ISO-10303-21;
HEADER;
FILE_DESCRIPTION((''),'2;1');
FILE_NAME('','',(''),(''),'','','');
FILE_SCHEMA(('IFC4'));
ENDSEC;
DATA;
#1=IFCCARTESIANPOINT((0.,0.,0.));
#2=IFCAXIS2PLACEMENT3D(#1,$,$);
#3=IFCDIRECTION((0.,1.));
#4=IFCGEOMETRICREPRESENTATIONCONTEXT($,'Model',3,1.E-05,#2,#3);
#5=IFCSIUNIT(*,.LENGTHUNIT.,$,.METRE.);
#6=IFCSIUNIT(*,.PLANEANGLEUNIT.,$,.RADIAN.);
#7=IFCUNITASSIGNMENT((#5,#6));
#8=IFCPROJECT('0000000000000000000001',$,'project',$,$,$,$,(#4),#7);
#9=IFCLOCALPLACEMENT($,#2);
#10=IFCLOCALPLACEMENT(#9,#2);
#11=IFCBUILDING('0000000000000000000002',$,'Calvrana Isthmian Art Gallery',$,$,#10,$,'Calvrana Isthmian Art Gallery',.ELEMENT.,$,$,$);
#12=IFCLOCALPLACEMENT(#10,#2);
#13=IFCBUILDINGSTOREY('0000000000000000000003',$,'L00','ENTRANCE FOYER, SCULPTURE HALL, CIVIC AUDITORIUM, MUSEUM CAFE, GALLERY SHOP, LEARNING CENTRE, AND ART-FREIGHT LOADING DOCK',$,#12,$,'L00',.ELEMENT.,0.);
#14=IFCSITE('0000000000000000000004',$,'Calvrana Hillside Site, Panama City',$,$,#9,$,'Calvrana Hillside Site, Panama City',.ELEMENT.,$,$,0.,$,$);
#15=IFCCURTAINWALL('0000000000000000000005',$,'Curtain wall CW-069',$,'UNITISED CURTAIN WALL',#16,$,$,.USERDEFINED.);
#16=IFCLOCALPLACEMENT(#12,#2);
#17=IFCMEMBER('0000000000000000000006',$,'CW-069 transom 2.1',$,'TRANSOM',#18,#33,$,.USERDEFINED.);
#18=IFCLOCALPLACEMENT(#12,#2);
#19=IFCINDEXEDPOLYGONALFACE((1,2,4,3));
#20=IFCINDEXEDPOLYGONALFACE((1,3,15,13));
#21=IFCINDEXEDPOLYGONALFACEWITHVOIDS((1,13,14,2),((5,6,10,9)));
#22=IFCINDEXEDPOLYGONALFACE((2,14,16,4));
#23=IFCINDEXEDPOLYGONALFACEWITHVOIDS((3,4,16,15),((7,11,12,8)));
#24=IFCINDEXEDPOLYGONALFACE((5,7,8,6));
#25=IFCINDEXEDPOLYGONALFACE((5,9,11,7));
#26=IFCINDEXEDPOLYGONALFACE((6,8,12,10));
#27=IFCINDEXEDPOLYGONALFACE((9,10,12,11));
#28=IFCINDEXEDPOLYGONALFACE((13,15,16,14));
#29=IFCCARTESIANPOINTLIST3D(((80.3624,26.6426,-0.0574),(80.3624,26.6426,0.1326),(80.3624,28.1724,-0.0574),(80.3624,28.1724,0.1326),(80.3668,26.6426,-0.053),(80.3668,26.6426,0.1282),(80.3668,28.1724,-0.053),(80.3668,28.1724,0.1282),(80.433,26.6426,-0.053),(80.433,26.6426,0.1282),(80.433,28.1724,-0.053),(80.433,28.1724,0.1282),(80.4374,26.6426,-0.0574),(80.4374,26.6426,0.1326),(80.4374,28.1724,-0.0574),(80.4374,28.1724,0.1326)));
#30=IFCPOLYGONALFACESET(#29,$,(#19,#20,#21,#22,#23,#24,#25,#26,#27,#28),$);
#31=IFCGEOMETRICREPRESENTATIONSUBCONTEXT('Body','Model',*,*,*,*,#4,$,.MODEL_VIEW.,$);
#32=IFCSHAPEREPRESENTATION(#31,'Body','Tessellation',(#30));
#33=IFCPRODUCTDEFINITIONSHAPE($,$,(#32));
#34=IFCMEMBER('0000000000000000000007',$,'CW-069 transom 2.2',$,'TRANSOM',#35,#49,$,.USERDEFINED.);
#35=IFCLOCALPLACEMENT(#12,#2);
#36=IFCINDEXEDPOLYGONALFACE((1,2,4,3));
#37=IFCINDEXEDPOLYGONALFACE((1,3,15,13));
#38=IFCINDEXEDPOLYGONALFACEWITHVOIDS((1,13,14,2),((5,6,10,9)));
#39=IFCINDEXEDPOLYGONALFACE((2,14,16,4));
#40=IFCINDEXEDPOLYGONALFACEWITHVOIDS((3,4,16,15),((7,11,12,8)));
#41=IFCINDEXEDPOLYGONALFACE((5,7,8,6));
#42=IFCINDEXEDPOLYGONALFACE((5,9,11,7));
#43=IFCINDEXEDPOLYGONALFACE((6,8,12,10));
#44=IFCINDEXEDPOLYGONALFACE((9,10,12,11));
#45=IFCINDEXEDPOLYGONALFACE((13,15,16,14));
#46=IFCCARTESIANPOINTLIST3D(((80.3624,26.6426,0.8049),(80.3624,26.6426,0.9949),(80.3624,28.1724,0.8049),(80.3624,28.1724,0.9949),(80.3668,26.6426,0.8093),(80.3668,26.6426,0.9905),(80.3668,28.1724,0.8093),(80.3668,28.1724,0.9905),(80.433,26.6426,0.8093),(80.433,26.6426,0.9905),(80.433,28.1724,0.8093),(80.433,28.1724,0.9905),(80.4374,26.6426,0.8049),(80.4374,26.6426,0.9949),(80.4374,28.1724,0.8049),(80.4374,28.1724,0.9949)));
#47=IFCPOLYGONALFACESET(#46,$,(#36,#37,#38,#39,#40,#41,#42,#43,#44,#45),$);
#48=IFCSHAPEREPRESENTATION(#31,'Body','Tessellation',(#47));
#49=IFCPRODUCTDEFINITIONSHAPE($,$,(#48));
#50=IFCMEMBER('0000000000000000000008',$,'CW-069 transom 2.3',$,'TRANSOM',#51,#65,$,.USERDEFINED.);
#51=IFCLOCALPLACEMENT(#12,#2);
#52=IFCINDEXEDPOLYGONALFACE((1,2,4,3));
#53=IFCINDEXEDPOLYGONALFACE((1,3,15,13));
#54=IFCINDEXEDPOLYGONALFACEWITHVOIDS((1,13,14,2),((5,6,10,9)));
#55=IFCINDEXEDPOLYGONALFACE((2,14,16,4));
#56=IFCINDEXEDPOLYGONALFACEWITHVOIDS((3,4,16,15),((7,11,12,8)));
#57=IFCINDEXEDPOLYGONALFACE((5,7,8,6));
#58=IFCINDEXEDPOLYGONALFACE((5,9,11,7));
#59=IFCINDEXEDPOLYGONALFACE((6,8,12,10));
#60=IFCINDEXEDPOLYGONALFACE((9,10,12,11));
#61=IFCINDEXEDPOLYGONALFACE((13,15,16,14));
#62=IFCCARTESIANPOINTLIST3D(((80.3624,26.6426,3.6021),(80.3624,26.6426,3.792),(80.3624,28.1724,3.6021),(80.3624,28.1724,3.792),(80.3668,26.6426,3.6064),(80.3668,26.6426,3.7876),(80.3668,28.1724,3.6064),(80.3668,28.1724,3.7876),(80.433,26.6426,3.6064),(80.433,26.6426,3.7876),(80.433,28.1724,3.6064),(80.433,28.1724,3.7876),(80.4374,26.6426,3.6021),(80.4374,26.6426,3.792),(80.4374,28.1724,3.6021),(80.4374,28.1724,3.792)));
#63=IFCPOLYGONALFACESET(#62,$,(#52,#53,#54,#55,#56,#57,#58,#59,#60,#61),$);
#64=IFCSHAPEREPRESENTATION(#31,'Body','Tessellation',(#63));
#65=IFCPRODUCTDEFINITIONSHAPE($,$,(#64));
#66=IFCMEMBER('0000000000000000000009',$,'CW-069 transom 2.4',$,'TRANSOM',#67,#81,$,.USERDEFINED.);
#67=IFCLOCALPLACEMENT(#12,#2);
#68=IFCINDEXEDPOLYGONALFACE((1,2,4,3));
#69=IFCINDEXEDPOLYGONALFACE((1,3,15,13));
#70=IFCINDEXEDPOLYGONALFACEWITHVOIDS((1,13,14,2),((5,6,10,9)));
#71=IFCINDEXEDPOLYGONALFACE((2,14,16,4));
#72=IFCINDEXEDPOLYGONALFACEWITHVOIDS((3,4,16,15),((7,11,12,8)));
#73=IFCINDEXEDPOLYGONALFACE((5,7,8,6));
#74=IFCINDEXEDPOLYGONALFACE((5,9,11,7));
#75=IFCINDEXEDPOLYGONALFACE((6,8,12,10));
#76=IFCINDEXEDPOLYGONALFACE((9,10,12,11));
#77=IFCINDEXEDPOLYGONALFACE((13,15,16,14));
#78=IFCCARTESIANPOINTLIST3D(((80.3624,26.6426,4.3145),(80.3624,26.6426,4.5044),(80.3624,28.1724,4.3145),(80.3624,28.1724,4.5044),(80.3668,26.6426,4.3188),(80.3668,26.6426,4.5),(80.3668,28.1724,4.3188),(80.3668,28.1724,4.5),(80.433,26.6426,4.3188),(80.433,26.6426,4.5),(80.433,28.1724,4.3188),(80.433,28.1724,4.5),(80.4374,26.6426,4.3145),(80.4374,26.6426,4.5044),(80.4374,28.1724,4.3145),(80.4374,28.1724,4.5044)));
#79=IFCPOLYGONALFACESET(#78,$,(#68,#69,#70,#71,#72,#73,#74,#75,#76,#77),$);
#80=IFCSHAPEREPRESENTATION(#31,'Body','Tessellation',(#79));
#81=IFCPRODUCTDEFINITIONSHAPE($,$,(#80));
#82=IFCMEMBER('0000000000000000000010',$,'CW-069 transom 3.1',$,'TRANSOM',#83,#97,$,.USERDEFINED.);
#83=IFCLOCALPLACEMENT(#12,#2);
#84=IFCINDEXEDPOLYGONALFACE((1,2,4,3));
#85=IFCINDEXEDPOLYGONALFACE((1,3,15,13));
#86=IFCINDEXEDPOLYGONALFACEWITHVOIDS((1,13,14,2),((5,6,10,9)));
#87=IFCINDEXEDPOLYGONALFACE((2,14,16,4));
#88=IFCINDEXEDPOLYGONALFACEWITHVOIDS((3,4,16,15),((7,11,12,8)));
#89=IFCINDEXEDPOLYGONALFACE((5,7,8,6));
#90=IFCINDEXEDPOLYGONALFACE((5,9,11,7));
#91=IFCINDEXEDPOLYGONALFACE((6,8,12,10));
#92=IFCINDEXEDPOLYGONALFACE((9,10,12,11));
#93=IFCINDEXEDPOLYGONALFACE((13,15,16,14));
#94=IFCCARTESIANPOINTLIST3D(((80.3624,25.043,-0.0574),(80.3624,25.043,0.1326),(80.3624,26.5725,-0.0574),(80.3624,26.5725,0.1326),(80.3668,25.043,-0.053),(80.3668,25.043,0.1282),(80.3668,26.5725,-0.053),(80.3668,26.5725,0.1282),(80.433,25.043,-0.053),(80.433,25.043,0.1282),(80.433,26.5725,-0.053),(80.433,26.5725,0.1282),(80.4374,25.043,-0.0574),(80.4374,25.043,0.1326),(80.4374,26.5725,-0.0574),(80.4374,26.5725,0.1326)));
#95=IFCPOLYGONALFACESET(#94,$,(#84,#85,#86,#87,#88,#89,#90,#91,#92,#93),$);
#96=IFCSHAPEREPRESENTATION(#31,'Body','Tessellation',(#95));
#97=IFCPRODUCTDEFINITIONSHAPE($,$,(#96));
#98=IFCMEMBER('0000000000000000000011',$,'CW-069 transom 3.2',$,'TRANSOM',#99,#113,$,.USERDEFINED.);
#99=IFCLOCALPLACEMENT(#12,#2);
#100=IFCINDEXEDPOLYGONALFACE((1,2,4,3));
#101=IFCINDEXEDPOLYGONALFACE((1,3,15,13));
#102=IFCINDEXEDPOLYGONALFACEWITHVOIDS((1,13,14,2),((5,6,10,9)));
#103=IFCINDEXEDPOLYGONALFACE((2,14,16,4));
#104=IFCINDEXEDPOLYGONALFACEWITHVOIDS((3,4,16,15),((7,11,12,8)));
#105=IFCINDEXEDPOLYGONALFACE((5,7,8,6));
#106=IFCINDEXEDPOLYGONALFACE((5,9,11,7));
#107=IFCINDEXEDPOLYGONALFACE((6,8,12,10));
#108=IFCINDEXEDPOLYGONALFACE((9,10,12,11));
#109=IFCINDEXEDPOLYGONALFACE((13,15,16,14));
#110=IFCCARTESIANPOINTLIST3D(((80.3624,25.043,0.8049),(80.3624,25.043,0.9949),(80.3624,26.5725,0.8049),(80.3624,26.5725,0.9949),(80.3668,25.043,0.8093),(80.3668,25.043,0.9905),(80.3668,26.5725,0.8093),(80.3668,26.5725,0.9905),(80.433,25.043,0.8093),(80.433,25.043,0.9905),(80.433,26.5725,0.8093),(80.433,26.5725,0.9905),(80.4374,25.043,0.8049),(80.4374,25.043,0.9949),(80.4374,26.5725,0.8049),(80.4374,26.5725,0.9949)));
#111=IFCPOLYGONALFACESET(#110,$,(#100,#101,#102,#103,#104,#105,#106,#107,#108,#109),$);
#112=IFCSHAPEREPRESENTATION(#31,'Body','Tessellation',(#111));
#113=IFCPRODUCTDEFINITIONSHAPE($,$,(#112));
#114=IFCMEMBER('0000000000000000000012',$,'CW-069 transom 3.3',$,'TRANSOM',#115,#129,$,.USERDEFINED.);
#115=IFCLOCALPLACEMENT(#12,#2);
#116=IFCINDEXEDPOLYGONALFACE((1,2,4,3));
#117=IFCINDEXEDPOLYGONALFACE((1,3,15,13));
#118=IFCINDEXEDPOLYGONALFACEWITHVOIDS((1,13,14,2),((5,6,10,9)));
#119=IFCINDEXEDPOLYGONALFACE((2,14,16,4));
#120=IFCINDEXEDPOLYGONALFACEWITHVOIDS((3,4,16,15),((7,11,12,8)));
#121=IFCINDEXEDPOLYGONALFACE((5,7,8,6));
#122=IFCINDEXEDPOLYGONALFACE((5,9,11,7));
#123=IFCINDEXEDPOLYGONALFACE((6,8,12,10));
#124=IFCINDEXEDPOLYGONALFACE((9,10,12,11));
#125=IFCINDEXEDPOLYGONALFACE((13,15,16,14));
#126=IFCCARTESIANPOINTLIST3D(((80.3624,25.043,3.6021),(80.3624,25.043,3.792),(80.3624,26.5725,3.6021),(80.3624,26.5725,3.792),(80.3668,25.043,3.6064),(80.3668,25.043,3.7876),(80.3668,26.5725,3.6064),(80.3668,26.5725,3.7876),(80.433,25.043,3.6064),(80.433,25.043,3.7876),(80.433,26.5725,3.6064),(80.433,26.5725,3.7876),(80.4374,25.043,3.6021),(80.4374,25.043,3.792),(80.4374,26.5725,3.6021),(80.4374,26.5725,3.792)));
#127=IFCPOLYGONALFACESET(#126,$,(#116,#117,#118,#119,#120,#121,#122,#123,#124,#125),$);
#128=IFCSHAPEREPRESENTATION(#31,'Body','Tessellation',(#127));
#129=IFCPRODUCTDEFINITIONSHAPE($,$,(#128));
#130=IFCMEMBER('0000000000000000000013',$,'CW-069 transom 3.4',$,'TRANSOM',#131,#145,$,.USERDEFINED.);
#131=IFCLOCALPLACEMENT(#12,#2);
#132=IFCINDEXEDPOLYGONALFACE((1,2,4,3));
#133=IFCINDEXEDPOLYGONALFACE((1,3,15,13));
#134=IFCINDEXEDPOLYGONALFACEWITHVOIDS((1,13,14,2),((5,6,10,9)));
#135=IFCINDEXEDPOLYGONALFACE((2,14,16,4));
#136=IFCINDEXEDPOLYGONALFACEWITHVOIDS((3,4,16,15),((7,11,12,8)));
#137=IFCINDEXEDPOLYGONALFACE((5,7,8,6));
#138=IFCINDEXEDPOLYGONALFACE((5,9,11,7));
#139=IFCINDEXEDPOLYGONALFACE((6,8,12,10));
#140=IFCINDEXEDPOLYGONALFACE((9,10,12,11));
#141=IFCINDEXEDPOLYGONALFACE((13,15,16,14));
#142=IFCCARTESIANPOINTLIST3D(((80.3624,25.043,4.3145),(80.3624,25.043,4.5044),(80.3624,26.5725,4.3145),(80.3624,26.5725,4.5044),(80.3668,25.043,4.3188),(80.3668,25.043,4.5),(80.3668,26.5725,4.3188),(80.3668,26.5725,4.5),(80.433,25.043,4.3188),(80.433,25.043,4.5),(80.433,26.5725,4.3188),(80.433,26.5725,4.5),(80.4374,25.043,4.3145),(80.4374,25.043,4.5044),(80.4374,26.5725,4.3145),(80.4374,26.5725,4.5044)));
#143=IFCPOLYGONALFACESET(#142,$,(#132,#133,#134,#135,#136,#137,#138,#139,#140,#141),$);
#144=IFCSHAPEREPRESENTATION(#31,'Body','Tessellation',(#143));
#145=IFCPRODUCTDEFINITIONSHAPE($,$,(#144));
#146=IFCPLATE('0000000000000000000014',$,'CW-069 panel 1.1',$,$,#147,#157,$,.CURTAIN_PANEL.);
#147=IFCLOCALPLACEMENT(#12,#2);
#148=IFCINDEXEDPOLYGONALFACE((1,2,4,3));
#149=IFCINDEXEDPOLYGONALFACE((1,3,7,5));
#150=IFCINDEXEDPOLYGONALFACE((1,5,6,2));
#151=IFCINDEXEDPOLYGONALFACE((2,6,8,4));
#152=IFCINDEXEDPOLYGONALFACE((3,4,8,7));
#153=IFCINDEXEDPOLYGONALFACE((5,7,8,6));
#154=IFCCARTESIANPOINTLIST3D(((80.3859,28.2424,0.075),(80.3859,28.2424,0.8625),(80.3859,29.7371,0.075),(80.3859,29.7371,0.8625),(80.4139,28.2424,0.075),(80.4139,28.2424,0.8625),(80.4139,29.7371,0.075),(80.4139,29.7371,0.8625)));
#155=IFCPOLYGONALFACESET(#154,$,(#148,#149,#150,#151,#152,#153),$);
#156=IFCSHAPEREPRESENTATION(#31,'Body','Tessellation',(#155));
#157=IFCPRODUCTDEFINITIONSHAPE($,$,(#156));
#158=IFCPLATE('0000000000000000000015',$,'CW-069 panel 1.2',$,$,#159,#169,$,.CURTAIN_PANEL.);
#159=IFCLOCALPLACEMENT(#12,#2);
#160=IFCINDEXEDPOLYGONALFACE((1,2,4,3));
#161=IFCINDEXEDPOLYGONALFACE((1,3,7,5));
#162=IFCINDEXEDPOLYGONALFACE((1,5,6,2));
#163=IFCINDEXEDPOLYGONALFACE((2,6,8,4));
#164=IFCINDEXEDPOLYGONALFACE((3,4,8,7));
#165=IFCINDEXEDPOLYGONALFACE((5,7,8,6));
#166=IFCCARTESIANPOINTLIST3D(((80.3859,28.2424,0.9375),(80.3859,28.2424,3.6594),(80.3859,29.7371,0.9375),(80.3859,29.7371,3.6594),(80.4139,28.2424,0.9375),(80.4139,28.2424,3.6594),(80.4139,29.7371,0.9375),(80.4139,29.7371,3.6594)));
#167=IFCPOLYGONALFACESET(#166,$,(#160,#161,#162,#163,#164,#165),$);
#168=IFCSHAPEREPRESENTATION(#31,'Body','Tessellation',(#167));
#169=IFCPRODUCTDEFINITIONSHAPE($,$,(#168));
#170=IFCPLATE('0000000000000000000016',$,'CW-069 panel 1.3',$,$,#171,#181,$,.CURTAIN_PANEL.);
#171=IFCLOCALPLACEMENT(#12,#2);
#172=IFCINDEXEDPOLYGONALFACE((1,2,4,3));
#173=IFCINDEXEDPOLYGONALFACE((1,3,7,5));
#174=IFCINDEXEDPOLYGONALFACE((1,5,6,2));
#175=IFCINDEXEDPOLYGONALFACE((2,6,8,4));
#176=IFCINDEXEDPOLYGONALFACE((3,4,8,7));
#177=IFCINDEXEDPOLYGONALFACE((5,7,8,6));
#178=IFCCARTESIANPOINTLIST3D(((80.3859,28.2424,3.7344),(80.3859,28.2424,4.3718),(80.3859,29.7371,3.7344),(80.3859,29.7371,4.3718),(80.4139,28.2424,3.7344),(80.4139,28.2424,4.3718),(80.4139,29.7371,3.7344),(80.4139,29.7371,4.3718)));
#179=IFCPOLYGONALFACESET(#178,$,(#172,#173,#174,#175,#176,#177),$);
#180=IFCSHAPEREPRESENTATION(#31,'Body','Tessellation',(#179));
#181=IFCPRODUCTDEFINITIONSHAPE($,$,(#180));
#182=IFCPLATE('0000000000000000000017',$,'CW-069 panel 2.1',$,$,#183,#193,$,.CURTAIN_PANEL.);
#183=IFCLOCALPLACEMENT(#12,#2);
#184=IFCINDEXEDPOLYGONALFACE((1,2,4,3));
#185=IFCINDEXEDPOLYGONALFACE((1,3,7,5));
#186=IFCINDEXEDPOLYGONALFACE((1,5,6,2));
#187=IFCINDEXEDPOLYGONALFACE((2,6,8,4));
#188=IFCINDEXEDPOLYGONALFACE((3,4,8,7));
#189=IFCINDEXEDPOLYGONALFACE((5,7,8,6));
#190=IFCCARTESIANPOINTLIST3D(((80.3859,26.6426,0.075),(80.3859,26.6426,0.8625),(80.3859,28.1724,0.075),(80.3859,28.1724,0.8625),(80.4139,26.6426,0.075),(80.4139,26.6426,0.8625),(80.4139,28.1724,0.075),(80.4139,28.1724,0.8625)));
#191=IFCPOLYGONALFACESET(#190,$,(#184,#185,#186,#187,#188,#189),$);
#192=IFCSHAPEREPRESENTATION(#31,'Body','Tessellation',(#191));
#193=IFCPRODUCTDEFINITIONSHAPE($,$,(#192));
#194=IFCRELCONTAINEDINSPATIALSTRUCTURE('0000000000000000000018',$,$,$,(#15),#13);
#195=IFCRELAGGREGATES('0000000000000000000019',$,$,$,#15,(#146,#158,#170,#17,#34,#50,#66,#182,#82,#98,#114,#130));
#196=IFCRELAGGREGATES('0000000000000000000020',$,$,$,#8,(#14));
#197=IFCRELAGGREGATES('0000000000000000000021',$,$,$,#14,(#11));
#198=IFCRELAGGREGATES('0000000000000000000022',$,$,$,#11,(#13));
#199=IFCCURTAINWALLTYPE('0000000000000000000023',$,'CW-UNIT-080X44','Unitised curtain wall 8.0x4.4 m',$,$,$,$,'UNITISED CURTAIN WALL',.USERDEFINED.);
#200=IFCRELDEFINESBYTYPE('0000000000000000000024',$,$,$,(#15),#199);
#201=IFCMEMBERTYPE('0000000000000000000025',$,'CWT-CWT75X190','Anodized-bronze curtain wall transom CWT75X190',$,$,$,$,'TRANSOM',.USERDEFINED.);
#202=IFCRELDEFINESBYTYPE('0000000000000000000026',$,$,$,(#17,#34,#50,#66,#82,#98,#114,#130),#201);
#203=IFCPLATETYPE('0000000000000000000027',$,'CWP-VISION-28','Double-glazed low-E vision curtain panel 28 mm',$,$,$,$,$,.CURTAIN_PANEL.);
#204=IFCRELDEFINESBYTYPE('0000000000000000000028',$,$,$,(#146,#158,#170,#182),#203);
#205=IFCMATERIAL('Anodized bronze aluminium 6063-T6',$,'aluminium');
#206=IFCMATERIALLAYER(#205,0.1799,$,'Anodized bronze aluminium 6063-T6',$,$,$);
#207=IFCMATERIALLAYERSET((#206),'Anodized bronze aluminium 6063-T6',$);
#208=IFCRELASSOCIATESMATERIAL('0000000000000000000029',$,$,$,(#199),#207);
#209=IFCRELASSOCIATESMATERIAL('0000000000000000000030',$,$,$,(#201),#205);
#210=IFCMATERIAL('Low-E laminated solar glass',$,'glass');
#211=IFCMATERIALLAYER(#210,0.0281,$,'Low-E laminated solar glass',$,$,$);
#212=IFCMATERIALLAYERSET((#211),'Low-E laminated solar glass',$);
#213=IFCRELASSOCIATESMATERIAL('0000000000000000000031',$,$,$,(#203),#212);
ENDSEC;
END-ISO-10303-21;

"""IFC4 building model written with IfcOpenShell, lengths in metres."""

from ifc_helpers import new_model, si_unit, direction, frame, origin, origin_2d, place, context, subcontext, project, spatial, rectangle, hollow_rectangle, extrude, material, layer, layer_set, material_profile, profile_set, type_object, element, aggregate, save


model = new_model("IFC4")

# Units and contexts
model_context = context("Model", 3, precision=1e-05, world=origin(), true_north=direction((0.0, 1.0)))
body_context = subcontext(model_context, "Body", "Model", "MODEL_VIEW")
ifc_project = project(units=[si_unit("LENGTHUNIT", "METRE"), si_unit("PLANEANGLEUNIT", "RADIAN")], contexts=[model_context])

# Site, building, storey
site_placement = place(None, origin())
site = spatial("IfcSite", under=ifc_project, at=site_placement, Name="Calvrana Hillside Site, Panama City", LongName="Calvrana Hillside Site, Panama City", CompositionType="ELEMENT", RefElevation=0.0)
building_placement = place(site_placement, origin())
building = spatial("IfcBuilding", under=site, at=building_placement, Name="Calvrana Isthmian Art Gallery", LongName="Calvrana Isthmian Art Gallery", CompositionType="ELEMENT")
storey_placement = place(building_placement, origin())
storey = spatial("IfcBuildingStorey", under=building, at=storey_placement, Name="L00", Description="ENTRANCE FOYER, SCULPTURE HALL, CIVIC AUDITORIUM, MUSEUM CAFE, GALLERY SHOP, LEARNING CENTRE, AND ART-FREIGHT LOADING DOCK", LongName="L00", CompositionType="ELEMENT", Elevation=0.0)

# Curtain wall
ifc_material_1 = material(Name="Anodized bronze aluminium 6063-T6", Category="aluminium")
ifc_layer_1 = layer(ifc_material_1, 0.1799, Name="Anodized bronze aluminium 6063-T6")
ifc_layer_set_1 = layer_set([ifc_layer_1], Name="Anodized bronze aluminium 6063-T6")
curtain_wall_type = type_object("IfcCurtainWallType", Name="CW-UNIT-080X44", Description="Unitised curtain wall 8.0x4.4 m", ElementType="UNITISED CURTAIN WALL", PredefinedType="USERDEFINED", material=ifc_layer_set_1)
curtain_wall_1_placement = place(storey_placement, origin())
curtain_wall_1 = element("IfcCurtainWall", 1, at=curtain_wall_1_placement, inside=storey, type_object=curtain_wall_type, Name="Curtain wall CW-069", ObjectType="UNITISED CURTAIN WALL", PredefinedType="USERDEFINED")

# Members
ifc_material_profile_1 = material_profile(ifc_material_1, hollow_rectangle(XDim=0.075, YDim=0.1899, WallThickness=0.0044, at=origin_2d()), Name="CWT75X190")
ifc_profile_set_1 = profile_set([ifc_material_profile_1], Name="Anodized bronze aluminium 6063-T6")
member_type_1 = type_object("IfcMemberType", Name="CWT-CWT75X190", Description="Anodized-bronze curtain wall transom CWT75X190", ElementType="TRANSOM", PredefinedType="USERDEFINED", material=ifc_profile_set_1)
member_1_placement = place(storey_placement, frame((80.3999, 28.1724, 0.0376), z_axis=(0.0, -1.0, 0.0), x_axis=(1.0, 0.0, 0.0)))
member_1 = element("IfcMember", 2, at=member_1_placement, type_object=member_type_1, Name="CW-069 transom 2.1", ObjectType="TRANSOM", PredefinedType="USERDEFINED", context=body_context, shape_type="SweptSolid", body=[
    extrude(hollow_rectangle(XDim=0.075, YDim=0.1899, WallThickness=0.0044, at=origin_2d()), origin(), (0.0, 0.0, 1.0), 1.5298),
])
member_2_placement = place(storey_placement, frame((80.3999, 28.1724, 0.8999), z_axis=(0.0, -1.0, 0.0), x_axis=(1.0, 0.0, 0.0)))
member_2 = element("IfcMember", 3, at=member_2_placement, type_object=member_type_1, Name="CW-069 transom 2.2", ObjectType="TRANSOM", PredefinedType="USERDEFINED", context=body_context, shape_type="SweptSolid", body=[
    extrude(hollow_rectangle(XDim=0.075, YDim=0.1899, WallThickness=0.0044, at=origin_2d()), origin(), (0.0, 0.0, 1.0), 1.5298),
])
member_3_placement = place(storey_placement, frame((80.3999, 28.1724, 3.697), z_axis=(0.0, -1.0, 0.0), x_axis=(1.0, 0.0, 0.0)))
member_3 = element("IfcMember", 4, at=member_3_placement, type_object=member_type_1, Name="CW-069 transom 2.3", ObjectType="TRANSOM", PredefinedType="USERDEFINED", context=body_context, shape_type="SweptSolid", body=[
    extrude(hollow_rectangle(XDim=0.075, YDim=0.1899, WallThickness=0.0044, at=origin_2d()), origin(), (0.0, 0.0, 1.0), 1.5298),
])
member_4_placement = place(storey_placement, frame((80.3999, 28.1724, 4.4094), z_axis=(0.0, -1.0, 0.0), x_axis=(1.0, 0.0, 0.0)))
member_4 = element("IfcMember", 5, at=member_4_placement, type_object=member_type_1, Name="CW-069 transom 2.4", ObjectType="TRANSOM", PredefinedType="USERDEFINED", context=body_context, shape_type="SweptSolid", body=[
    extrude(hollow_rectangle(XDim=0.075, YDim=0.1899, WallThickness=0.0044, at=origin_2d()), origin(), (0.0, 0.0, 1.0), 1.5298),
])
member_5_placement = place(storey_placement, frame((80.3999, 26.5725, 0.0376), z_axis=(0.0, -1.0, 0.0), x_axis=(1.0, 0.0, 0.0)))
member_5 = element("IfcMember", 6, at=member_5_placement, type_object=member_type_1, Name="CW-069 transom 3.1", ObjectType="TRANSOM", PredefinedType="USERDEFINED", context=body_context, shape_type="SweptSolid", body=[
    extrude(hollow_rectangle(XDim=0.075, YDim=0.1899, WallThickness=0.0044, at=origin_2d()), origin(), (0.0, 0.0, 1.0), 1.5295),
])
member_6_placement = place(storey_placement, frame((80.3999, 26.5725, 0.8999), z_axis=(0.0, -1.0, 0.0), x_axis=(1.0, 0.0, 0.0)))
member_6 = element("IfcMember", 7, at=member_6_placement, type_object=member_type_1, Name="CW-069 transom 3.2", ObjectType="TRANSOM", PredefinedType="USERDEFINED", context=body_context, shape_type="SweptSolid", body=[
    extrude(hollow_rectangle(XDim=0.075, YDim=0.1899, WallThickness=0.0044, at=origin_2d()), origin(), (0.0, 0.0, 1.0), 1.5295),
])
member_7_placement = place(storey_placement, frame((80.3999, 26.5725, 3.697), z_axis=(0.0, -1.0, 0.0), x_axis=(1.0, 0.0, 0.0)))
member_7 = element("IfcMember", 8, at=member_7_placement, type_object=member_type_1, Name="CW-069 transom 3.3", ObjectType="TRANSOM", PredefinedType="USERDEFINED", context=body_context, shape_type="SweptSolid", body=[
    extrude(hollow_rectangle(XDim=0.075, YDim=0.1899, WallThickness=0.0044, at=origin_2d()), origin(), (0.0, 0.0, 1.0), 1.5295),
])
member_8_placement = place(storey_placement, frame((80.3999, 26.5725, 4.4094), z_axis=(0.0, -1.0, 0.0), x_axis=(1.0, 0.0, 0.0)))
member_8 = element("IfcMember", 9, at=member_8_placement, type_object=member_type_1, Name="CW-069 transom 3.4", ObjectType="TRANSOM", PredefinedType="USERDEFINED", context=body_context, shape_type="SweptSolid", body=[
    extrude(hollow_rectangle(XDim=0.075, YDim=0.1899, WallThickness=0.0044, at=origin_2d()), origin(), (0.0, 0.0, 1.0), 1.5295),
])

# Plates
ifc_material_2 = material(Name="Low-E laminated solar glass", Category="glass")
ifc_layer_2 = layer(ifc_material_2, 0.0281, Name="Low-E laminated solar glass")
ifc_layer_set_2 = layer_set([ifc_layer_2], Name="Low-E laminated solar glass")
plate_type = type_object("IfcPlateType", Name="CWP-VISION-28", Description="Double-glazed low-E vision curtain panel 28 mm", PredefinedType="CURTAIN_PANEL", material=ifc_layer_set_2)
plate_1_placement = place(storey_placement, frame((80.3999, 28.9897, 0.075), z_axis=(0.0, 0.0, 1.0), x_axis=(0.0, -1.0, 0.0)))
plate_1 = element("IfcPlate", 10, at=plate_1_placement, type_object=plate_type, Name="CW-069 panel 1.1", PredefinedType="CURTAIN_PANEL", context=body_context, shape_type="SweptSolid", body=[
    extrude(rectangle(XDim=1.4946, YDim=0.0281, at=origin_2d()), origin(), (0.0, 0.0, 1.0), 0.7876),
])
plate_2_placement = place(storey_placement, frame((80.3999, 28.9897, 0.9375), z_axis=(0.0, 0.0, 1.0), x_axis=(0.0, -1.0, 0.0)))
plate_2 = element("IfcPlate", 11, at=plate_2_placement, type_object=plate_type, Name="CW-069 panel 1.2", PredefinedType="CURTAIN_PANEL", context=body_context, shape_type="SweptSolid", body=[
    extrude(rectangle(XDim=1.4946, YDim=0.0281, at=origin_2d()), origin(), (0.0, 0.0, 1.0), 2.7219),
])
plate_3_placement = place(storey_placement, frame((80.3999, 28.9897, 3.7344), z_axis=(0.0, 0.0, 1.0), x_axis=(0.0, -1.0, 0.0)))
plate_3 = element("IfcPlate", 12, at=plate_3_placement, type_object=plate_type, Name="CW-069 panel 1.3", PredefinedType="CURTAIN_PANEL", context=body_context, shape_type="SweptSolid", body=[
    extrude(rectangle(XDim=1.4946, YDim=0.0281, at=origin_2d()), origin(), (0.0, 0.0, 1.0), 0.6375),
])
plate_4_placement = place(storey_placement, frame((80.3999, 27.4075, 0.075), z_axis=(0.0, 0.0, 1.0), x_axis=(0.0, -1.0, 0.0)))
plate_4 = element("IfcPlate", 13, at=plate_4_placement, type_object=plate_type, Name="CW-069 panel 2.1", PredefinedType="CURTAIN_PANEL", context=body_context, shape_type="SweptSolid", body=[
    extrude(rectangle(XDim=1.5298, YDim=0.0281, at=origin_2d()), origin(), (0.0, 0.0, 1.0), 0.7876),
])
aggregate(curtain_wall_1, [plate_1, plate_2, plate_3, member_1, member_2, member_3, member_4, plate_4, member_5, member_6, member_7, member_8])

save(model, "model.ifc")
